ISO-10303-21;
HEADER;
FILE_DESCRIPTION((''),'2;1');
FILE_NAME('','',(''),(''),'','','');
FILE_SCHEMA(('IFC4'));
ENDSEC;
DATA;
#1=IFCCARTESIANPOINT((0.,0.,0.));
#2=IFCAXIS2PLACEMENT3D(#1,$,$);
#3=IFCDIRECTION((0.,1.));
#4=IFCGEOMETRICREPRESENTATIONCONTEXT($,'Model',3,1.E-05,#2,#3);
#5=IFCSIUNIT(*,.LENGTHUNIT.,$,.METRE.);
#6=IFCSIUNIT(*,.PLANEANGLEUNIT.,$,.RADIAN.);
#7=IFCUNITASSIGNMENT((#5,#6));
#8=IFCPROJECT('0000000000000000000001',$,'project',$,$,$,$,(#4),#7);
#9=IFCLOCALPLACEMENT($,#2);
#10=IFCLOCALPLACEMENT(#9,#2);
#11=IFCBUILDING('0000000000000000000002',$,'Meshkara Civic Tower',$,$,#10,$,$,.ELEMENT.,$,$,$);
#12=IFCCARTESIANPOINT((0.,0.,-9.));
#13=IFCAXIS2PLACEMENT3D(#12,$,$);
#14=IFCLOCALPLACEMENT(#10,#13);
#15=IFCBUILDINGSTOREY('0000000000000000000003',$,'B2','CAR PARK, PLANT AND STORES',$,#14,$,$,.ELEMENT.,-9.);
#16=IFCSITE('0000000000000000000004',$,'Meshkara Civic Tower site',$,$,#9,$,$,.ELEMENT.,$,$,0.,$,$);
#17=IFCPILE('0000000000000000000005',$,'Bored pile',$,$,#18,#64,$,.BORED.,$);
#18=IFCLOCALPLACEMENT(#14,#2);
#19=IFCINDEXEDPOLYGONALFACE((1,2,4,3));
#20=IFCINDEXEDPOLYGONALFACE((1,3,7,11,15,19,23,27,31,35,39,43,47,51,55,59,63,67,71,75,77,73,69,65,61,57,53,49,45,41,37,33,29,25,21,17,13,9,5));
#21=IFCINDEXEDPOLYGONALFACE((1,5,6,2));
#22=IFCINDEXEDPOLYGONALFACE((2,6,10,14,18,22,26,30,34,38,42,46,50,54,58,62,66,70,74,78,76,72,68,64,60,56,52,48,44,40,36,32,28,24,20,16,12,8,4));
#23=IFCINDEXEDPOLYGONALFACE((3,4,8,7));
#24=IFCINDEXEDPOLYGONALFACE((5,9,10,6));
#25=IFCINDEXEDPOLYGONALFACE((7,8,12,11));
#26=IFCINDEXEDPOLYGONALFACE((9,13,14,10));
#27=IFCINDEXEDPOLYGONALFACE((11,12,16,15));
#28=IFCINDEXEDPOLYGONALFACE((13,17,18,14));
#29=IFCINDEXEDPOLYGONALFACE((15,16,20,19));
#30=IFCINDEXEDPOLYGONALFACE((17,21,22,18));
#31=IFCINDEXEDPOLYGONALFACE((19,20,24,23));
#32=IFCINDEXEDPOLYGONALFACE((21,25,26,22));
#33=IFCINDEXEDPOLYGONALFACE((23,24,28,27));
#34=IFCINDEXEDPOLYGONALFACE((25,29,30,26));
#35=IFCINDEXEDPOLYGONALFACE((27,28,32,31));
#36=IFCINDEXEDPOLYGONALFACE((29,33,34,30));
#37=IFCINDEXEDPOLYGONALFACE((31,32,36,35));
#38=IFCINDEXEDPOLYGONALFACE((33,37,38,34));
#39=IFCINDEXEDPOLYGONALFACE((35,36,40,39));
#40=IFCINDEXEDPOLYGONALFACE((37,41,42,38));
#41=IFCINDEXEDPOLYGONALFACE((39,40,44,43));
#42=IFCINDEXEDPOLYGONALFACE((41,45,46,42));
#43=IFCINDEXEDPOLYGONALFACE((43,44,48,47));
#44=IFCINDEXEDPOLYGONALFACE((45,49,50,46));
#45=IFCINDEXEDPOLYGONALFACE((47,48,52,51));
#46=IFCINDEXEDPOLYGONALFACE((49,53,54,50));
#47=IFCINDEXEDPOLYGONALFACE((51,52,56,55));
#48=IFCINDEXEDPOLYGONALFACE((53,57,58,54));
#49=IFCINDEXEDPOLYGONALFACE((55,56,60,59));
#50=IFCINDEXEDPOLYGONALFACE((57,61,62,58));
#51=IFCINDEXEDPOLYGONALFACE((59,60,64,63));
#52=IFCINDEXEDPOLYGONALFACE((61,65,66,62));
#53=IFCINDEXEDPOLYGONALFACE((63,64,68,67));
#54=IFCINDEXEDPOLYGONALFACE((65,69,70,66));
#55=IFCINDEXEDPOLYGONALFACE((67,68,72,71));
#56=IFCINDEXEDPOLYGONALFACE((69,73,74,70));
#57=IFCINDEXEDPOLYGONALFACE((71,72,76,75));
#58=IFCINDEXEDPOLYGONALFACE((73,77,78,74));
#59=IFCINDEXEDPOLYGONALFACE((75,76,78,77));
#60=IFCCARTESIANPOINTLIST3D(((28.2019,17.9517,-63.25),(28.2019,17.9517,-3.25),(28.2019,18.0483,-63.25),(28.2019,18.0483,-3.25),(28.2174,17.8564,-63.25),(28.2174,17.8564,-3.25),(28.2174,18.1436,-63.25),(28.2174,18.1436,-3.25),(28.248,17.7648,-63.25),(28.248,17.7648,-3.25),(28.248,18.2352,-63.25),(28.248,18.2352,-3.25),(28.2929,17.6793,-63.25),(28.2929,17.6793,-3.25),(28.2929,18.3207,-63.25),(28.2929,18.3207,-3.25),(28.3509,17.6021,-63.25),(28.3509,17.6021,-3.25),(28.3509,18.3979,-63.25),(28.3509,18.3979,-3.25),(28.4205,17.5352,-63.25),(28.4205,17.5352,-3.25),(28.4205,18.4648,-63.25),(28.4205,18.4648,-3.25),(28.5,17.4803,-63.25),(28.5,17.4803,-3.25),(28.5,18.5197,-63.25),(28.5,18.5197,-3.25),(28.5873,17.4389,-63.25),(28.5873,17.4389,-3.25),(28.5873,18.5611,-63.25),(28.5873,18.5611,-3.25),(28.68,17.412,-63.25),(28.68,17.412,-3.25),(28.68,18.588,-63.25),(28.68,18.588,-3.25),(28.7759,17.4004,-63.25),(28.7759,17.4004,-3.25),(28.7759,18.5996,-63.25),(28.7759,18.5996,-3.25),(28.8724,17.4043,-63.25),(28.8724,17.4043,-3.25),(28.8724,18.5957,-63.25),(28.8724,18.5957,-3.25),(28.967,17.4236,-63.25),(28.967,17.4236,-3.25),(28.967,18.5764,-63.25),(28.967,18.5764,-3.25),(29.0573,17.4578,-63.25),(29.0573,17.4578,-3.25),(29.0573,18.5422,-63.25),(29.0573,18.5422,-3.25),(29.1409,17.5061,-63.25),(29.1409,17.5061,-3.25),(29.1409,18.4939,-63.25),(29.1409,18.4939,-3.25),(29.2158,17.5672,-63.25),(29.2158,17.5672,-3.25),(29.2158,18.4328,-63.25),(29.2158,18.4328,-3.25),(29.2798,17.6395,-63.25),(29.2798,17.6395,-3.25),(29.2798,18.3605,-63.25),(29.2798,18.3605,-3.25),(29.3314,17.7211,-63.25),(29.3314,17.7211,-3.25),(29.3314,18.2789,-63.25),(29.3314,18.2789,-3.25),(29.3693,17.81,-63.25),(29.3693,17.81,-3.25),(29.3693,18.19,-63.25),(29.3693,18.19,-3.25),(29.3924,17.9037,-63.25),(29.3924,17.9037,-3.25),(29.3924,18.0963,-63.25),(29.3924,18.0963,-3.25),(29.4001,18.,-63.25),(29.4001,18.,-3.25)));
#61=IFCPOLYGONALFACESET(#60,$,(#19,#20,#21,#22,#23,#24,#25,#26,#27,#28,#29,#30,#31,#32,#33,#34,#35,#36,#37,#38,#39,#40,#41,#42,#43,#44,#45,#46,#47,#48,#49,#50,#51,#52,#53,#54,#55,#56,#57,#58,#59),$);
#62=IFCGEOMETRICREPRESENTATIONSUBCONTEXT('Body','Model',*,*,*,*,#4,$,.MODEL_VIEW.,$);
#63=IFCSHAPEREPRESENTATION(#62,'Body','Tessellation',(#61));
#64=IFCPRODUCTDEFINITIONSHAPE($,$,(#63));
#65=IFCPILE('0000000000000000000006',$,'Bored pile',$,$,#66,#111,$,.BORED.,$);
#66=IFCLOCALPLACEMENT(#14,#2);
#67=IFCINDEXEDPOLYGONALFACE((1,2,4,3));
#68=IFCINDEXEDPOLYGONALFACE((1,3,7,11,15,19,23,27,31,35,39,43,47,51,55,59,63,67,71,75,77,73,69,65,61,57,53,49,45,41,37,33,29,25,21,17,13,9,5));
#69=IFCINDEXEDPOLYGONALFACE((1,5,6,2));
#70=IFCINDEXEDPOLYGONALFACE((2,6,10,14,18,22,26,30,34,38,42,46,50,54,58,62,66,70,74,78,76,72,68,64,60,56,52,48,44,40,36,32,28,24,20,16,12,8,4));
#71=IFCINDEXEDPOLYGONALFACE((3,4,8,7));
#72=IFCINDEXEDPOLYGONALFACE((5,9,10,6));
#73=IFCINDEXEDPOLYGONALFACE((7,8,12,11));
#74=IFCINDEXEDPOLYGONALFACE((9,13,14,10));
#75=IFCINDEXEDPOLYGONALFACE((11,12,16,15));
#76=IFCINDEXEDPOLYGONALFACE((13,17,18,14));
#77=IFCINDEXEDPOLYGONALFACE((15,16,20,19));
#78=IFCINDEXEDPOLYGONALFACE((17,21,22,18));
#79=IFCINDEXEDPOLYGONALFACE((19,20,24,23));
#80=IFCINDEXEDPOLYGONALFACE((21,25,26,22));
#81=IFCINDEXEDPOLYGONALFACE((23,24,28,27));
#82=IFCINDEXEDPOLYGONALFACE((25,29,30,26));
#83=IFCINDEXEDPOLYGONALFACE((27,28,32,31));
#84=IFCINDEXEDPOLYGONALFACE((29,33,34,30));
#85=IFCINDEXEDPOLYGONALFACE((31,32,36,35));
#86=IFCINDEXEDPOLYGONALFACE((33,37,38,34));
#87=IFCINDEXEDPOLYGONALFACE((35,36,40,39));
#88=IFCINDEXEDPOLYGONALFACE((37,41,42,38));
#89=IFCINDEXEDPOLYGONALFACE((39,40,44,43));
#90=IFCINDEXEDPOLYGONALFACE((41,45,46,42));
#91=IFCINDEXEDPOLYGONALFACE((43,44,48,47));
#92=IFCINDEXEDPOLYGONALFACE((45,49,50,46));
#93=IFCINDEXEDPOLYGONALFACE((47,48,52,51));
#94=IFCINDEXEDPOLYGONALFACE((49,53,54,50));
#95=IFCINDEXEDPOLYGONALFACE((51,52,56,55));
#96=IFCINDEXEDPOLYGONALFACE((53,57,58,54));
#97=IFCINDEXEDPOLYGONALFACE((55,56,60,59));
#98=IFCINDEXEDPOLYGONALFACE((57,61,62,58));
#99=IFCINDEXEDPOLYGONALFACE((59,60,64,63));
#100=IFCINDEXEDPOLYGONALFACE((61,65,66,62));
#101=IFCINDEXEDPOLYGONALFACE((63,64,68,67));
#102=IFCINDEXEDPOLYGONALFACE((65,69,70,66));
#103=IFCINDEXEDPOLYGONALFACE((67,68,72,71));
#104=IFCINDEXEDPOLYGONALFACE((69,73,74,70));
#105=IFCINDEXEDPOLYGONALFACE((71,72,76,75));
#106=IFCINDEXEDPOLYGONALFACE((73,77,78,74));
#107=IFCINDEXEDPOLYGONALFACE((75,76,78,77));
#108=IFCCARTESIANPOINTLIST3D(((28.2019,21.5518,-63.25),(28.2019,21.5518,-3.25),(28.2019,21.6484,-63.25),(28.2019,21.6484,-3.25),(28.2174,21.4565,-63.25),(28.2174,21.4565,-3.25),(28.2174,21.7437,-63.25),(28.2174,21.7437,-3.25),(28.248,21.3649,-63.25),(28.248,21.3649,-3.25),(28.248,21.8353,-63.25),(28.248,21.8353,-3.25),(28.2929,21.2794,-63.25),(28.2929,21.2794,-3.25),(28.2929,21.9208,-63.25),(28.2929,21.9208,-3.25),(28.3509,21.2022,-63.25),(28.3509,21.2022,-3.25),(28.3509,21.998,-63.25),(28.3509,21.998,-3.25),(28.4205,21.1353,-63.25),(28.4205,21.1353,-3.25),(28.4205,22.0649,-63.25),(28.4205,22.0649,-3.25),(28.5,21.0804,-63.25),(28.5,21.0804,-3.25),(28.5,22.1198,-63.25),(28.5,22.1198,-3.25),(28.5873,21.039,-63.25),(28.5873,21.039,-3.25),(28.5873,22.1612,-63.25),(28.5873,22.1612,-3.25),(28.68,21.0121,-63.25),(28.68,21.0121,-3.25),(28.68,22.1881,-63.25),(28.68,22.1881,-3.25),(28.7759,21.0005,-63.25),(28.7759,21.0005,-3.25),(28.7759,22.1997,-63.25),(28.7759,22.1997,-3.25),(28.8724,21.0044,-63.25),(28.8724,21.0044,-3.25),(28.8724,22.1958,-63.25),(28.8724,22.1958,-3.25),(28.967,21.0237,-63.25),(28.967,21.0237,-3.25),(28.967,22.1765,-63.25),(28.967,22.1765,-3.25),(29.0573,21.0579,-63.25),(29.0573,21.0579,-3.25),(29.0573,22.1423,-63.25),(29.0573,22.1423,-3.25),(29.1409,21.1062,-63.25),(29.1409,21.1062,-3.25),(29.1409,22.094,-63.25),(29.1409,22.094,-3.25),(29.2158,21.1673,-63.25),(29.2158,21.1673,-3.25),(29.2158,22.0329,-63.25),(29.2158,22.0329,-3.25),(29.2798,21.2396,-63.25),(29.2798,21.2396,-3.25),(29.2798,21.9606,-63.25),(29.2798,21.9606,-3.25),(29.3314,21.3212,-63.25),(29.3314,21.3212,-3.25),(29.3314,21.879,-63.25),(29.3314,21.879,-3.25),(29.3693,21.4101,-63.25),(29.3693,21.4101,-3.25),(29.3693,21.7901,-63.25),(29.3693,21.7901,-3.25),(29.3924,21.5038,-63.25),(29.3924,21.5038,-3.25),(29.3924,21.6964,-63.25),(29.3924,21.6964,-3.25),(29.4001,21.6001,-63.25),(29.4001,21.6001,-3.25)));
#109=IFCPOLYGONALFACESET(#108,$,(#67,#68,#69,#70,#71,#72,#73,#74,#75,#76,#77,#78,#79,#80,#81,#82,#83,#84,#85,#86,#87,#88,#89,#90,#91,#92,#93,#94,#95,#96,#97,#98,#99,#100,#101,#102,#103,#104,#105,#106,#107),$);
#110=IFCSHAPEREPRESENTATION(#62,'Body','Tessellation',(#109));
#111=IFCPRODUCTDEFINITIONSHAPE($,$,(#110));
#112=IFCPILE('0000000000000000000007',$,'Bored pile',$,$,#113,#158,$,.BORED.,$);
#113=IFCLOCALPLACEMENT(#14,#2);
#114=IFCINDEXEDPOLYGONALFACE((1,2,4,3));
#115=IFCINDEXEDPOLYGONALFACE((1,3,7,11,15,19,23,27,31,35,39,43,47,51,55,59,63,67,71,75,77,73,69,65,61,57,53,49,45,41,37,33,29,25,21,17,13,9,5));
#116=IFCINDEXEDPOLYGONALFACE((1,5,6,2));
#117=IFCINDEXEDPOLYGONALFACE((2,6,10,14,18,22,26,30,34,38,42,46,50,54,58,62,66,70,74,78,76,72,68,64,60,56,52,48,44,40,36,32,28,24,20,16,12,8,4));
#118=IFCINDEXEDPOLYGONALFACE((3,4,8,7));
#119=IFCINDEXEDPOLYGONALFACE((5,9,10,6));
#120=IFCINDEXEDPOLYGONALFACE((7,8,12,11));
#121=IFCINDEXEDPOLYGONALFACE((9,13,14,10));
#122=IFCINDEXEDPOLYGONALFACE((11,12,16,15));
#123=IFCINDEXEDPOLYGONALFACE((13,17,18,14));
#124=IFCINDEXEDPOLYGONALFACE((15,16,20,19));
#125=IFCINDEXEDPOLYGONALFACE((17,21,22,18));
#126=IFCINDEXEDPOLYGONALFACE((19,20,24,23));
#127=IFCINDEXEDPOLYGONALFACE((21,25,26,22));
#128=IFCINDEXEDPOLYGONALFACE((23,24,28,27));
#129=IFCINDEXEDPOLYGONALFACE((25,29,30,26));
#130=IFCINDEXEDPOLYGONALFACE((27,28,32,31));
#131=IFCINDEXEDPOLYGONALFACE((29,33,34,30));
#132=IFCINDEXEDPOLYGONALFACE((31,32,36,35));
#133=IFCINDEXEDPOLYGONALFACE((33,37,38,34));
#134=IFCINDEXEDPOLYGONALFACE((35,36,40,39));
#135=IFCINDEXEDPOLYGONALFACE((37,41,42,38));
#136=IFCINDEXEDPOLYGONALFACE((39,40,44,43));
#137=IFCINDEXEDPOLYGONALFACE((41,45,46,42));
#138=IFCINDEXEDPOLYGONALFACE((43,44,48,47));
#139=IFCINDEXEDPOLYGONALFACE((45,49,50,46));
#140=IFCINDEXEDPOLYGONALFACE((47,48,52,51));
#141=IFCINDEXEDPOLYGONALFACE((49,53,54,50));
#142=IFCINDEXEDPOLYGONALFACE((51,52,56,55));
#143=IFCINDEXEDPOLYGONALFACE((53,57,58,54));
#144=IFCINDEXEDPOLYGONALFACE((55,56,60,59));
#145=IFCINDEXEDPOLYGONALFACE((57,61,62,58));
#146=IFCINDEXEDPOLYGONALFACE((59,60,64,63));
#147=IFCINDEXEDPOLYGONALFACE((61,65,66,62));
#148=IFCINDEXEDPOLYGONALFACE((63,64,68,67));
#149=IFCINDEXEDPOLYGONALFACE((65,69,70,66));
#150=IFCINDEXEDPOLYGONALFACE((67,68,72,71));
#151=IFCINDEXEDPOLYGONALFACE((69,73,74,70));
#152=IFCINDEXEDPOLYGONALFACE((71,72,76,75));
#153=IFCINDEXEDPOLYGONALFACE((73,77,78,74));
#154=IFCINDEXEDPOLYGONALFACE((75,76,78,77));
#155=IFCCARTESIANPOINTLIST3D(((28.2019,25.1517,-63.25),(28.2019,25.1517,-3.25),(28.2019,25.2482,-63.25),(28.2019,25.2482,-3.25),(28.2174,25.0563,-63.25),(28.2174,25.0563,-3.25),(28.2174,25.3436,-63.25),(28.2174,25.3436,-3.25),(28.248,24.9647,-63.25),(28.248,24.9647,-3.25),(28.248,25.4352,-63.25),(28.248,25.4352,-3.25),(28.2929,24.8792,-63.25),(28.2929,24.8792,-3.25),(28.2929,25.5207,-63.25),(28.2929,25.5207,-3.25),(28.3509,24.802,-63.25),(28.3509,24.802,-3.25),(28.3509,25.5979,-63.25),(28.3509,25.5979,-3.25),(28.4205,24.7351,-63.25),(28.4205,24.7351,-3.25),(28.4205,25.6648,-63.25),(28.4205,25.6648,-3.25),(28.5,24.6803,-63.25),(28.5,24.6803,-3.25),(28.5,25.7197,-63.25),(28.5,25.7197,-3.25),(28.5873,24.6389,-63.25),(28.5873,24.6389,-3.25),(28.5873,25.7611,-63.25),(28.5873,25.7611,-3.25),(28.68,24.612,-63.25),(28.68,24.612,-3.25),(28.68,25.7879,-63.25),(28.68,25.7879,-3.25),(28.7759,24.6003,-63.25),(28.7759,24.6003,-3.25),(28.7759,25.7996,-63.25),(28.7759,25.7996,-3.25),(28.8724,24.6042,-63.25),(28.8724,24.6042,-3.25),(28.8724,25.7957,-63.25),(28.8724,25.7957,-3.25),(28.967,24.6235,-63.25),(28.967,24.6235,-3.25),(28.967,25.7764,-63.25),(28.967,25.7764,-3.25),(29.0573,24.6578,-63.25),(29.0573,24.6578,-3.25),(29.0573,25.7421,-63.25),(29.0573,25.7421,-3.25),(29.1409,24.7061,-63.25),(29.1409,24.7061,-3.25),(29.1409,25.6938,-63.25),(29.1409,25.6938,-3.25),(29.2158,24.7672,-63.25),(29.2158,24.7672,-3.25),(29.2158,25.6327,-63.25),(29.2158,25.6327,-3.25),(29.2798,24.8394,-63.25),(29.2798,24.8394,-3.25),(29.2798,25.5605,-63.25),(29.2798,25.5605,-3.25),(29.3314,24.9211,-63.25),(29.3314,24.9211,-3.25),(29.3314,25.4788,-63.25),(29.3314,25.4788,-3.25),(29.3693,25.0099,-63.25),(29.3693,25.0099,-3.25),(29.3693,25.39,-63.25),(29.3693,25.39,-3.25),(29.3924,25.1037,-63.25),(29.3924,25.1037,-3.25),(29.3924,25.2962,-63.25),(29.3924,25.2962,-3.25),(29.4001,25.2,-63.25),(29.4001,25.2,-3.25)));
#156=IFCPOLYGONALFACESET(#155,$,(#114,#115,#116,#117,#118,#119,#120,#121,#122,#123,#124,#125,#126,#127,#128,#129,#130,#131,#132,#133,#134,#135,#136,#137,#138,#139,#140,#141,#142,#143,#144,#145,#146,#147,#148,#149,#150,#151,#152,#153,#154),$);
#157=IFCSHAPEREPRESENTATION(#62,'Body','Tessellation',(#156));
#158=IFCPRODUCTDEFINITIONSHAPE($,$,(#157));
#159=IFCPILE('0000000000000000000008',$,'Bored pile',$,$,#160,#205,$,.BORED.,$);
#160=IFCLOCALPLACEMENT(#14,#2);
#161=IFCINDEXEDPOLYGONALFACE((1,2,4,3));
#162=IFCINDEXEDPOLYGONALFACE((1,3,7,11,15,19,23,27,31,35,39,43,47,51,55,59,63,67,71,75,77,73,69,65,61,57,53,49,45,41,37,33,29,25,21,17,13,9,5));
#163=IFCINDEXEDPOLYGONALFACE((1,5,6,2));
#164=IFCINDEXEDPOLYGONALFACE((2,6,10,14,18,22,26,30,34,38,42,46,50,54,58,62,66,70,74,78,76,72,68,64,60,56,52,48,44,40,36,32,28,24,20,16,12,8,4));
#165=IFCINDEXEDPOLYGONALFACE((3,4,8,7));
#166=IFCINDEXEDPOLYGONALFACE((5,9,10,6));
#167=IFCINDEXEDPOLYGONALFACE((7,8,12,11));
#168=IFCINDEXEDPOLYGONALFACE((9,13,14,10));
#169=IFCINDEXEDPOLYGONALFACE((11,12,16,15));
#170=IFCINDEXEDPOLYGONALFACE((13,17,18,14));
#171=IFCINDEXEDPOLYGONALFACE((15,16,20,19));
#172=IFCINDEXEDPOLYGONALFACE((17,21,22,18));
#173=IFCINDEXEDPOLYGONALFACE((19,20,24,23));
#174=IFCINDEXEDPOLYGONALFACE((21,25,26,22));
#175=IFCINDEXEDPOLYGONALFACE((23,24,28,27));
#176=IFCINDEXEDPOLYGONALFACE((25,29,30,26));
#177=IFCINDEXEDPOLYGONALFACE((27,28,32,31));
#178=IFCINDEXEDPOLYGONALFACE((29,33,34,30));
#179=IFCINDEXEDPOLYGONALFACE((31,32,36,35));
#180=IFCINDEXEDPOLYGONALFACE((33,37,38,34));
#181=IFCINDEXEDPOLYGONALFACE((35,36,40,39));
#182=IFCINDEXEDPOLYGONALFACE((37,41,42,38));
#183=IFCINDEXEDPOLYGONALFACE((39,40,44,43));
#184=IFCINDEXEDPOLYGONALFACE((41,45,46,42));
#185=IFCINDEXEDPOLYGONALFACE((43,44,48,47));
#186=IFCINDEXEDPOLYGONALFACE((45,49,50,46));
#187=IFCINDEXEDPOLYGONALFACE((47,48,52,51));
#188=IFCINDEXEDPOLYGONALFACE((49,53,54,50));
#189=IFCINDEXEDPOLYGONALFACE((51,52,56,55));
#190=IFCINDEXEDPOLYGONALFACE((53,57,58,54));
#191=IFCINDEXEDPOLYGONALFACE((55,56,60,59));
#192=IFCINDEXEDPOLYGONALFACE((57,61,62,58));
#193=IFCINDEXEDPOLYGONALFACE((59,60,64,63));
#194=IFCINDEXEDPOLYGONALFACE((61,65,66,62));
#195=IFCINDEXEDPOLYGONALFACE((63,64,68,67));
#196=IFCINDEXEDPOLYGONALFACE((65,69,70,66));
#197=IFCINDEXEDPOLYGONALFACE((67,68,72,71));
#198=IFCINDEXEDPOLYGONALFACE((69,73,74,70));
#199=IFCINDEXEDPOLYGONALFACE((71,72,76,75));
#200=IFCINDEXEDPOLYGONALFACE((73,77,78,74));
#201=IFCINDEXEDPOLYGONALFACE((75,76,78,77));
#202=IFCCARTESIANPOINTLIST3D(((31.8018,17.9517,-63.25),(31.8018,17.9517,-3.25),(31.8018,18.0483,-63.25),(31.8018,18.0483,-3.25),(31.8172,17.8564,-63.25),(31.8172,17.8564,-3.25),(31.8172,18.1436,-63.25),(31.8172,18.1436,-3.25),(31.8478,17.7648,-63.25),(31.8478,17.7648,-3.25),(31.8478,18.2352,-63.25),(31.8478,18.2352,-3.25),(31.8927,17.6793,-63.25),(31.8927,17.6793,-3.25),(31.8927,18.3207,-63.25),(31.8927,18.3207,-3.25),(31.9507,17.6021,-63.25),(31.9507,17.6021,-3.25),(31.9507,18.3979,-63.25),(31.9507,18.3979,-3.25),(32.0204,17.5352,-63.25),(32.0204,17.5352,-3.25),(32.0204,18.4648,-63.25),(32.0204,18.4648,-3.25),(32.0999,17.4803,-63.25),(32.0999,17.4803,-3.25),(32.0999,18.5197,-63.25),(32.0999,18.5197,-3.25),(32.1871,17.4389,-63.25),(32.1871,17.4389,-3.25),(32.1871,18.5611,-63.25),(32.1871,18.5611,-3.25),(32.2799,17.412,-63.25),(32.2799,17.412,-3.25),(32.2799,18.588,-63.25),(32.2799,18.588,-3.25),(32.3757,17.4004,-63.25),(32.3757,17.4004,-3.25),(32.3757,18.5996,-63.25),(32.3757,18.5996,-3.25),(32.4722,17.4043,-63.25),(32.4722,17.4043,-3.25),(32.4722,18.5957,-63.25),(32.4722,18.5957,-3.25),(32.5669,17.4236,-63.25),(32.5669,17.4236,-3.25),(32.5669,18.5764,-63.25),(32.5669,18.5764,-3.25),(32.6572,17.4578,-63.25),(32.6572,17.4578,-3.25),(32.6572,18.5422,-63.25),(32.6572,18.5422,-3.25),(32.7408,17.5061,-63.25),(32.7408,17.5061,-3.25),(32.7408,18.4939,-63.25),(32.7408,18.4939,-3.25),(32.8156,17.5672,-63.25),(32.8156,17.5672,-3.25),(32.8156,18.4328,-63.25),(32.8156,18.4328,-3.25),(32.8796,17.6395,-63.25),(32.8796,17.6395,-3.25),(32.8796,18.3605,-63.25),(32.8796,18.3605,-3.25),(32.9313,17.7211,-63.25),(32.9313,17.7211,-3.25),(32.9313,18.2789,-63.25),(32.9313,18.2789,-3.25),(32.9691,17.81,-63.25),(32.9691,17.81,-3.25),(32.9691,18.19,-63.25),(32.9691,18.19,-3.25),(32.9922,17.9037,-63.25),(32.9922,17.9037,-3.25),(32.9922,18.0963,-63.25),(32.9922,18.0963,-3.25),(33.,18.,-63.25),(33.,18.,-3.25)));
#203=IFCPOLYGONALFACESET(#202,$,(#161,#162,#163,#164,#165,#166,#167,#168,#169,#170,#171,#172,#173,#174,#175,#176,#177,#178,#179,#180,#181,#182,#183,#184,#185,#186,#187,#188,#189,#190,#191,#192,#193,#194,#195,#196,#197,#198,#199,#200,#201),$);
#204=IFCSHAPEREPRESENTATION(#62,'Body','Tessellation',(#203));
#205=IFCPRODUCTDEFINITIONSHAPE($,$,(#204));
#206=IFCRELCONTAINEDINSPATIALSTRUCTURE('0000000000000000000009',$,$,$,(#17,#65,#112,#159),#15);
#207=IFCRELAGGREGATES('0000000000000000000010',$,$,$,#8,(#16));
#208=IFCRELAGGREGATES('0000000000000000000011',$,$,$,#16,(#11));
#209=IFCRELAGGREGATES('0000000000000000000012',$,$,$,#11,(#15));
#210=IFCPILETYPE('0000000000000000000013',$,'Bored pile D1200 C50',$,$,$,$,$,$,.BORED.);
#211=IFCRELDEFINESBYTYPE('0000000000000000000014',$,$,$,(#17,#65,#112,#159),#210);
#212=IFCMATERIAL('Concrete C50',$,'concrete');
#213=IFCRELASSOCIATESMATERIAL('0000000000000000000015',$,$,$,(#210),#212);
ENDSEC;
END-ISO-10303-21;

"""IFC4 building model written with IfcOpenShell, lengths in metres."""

from ifc_helpers import new_model, si_unit, direction, frame, origin, origin_2d, place, context, subcontext, project, spatial, circle, extrude, material, material_profile, profile_set, type_object, element, save


model = new_model("IFC4")

# Units and contexts
model_context = context("Model", 3, precision=1e-05, world=origin(), true_north=direction((0.0, 1.0)))
body_context = subcontext(model_context, "Body", "Model", "MODEL_VIEW")
ifc_project = project(units=[si_unit("LENGTHUNIT", "METRE"), si_unit("PLANEANGLEUNIT", "RADIAN")], contexts=[model_context])

# Site, building, storey
site_placement = place(None, origin())
site = spatial("IfcSite", under=ifc_project, at=site_placement, Name="Meshkara Civic Tower site", CompositionType="ELEMENT", RefElevation=0.0)
building_placement = place(site_placement, origin())
building = spatial("IfcBuilding", under=site, at=building_placement, Name="Meshkara Civic Tower", CompositionType="ELEMENT")
storey_placement = place(building_placement, frame((0.0, 0.0, -9.0)))
storey = spatial("IfcBuildingStorey", under=building, at=storey_placement, Name="B2", Description="CAR PARK, PLANT AND STORES", CompositionType="ELEMENT", Elevation=-9.0)

# Piles
ifc_material_1 = material(Name="Concrete C50", Category="concrete")
ifc_material_profile_1 = material_profile(ifc_material_1, circle(Radius=0.6001, at=origin_2d()))
ifc_profile_set_1 = profile_set([ifc_material_profile_1], Name="Concrete C50")
pile_type = type_object("IfcPileType", Name="Bored pile D1200 C50", PredefinedType="BORED", material=ifc_profile_set_1)
for number, where, z_axis, x_axis, name in (
    (1, (28.8, 18.0, -3.25), (0.0, 0.0, -1.0), (1.0, 0.0, 0.0), "Bored pile"),
    (2, (28.8, 21.6001, -3.25), (0.0, 0.0, -1.0), (1.0, 0.0, 0.0), "Bored pile"),
    (3, (28.8, 25.2, -3.25), (0.0, 0.0, -1.0), (1.0, 0.0, 0.0), "Bored pile"),
    (4, (32.3999, 18.0, -3.25), (0.0, 0.0, -1.0), (1.0, 0.0, 0.0), "Bored pile"),
):
    element("IfcPile", number, at=place(storey_placement, frame(where, z_axis=z_axis, x_axis=x_axis)), inside=storey, type_object=pile_type, Name=name, PredefinedType="BORED", context=body_context, shape_type="SweptSolid", body=[
        extrude(circle(Radius=0.6001, at=origin_2d()), origin(), (0.0, 0.0, 1.0), 60.0),
    ])

save(model, "model.ifc")
